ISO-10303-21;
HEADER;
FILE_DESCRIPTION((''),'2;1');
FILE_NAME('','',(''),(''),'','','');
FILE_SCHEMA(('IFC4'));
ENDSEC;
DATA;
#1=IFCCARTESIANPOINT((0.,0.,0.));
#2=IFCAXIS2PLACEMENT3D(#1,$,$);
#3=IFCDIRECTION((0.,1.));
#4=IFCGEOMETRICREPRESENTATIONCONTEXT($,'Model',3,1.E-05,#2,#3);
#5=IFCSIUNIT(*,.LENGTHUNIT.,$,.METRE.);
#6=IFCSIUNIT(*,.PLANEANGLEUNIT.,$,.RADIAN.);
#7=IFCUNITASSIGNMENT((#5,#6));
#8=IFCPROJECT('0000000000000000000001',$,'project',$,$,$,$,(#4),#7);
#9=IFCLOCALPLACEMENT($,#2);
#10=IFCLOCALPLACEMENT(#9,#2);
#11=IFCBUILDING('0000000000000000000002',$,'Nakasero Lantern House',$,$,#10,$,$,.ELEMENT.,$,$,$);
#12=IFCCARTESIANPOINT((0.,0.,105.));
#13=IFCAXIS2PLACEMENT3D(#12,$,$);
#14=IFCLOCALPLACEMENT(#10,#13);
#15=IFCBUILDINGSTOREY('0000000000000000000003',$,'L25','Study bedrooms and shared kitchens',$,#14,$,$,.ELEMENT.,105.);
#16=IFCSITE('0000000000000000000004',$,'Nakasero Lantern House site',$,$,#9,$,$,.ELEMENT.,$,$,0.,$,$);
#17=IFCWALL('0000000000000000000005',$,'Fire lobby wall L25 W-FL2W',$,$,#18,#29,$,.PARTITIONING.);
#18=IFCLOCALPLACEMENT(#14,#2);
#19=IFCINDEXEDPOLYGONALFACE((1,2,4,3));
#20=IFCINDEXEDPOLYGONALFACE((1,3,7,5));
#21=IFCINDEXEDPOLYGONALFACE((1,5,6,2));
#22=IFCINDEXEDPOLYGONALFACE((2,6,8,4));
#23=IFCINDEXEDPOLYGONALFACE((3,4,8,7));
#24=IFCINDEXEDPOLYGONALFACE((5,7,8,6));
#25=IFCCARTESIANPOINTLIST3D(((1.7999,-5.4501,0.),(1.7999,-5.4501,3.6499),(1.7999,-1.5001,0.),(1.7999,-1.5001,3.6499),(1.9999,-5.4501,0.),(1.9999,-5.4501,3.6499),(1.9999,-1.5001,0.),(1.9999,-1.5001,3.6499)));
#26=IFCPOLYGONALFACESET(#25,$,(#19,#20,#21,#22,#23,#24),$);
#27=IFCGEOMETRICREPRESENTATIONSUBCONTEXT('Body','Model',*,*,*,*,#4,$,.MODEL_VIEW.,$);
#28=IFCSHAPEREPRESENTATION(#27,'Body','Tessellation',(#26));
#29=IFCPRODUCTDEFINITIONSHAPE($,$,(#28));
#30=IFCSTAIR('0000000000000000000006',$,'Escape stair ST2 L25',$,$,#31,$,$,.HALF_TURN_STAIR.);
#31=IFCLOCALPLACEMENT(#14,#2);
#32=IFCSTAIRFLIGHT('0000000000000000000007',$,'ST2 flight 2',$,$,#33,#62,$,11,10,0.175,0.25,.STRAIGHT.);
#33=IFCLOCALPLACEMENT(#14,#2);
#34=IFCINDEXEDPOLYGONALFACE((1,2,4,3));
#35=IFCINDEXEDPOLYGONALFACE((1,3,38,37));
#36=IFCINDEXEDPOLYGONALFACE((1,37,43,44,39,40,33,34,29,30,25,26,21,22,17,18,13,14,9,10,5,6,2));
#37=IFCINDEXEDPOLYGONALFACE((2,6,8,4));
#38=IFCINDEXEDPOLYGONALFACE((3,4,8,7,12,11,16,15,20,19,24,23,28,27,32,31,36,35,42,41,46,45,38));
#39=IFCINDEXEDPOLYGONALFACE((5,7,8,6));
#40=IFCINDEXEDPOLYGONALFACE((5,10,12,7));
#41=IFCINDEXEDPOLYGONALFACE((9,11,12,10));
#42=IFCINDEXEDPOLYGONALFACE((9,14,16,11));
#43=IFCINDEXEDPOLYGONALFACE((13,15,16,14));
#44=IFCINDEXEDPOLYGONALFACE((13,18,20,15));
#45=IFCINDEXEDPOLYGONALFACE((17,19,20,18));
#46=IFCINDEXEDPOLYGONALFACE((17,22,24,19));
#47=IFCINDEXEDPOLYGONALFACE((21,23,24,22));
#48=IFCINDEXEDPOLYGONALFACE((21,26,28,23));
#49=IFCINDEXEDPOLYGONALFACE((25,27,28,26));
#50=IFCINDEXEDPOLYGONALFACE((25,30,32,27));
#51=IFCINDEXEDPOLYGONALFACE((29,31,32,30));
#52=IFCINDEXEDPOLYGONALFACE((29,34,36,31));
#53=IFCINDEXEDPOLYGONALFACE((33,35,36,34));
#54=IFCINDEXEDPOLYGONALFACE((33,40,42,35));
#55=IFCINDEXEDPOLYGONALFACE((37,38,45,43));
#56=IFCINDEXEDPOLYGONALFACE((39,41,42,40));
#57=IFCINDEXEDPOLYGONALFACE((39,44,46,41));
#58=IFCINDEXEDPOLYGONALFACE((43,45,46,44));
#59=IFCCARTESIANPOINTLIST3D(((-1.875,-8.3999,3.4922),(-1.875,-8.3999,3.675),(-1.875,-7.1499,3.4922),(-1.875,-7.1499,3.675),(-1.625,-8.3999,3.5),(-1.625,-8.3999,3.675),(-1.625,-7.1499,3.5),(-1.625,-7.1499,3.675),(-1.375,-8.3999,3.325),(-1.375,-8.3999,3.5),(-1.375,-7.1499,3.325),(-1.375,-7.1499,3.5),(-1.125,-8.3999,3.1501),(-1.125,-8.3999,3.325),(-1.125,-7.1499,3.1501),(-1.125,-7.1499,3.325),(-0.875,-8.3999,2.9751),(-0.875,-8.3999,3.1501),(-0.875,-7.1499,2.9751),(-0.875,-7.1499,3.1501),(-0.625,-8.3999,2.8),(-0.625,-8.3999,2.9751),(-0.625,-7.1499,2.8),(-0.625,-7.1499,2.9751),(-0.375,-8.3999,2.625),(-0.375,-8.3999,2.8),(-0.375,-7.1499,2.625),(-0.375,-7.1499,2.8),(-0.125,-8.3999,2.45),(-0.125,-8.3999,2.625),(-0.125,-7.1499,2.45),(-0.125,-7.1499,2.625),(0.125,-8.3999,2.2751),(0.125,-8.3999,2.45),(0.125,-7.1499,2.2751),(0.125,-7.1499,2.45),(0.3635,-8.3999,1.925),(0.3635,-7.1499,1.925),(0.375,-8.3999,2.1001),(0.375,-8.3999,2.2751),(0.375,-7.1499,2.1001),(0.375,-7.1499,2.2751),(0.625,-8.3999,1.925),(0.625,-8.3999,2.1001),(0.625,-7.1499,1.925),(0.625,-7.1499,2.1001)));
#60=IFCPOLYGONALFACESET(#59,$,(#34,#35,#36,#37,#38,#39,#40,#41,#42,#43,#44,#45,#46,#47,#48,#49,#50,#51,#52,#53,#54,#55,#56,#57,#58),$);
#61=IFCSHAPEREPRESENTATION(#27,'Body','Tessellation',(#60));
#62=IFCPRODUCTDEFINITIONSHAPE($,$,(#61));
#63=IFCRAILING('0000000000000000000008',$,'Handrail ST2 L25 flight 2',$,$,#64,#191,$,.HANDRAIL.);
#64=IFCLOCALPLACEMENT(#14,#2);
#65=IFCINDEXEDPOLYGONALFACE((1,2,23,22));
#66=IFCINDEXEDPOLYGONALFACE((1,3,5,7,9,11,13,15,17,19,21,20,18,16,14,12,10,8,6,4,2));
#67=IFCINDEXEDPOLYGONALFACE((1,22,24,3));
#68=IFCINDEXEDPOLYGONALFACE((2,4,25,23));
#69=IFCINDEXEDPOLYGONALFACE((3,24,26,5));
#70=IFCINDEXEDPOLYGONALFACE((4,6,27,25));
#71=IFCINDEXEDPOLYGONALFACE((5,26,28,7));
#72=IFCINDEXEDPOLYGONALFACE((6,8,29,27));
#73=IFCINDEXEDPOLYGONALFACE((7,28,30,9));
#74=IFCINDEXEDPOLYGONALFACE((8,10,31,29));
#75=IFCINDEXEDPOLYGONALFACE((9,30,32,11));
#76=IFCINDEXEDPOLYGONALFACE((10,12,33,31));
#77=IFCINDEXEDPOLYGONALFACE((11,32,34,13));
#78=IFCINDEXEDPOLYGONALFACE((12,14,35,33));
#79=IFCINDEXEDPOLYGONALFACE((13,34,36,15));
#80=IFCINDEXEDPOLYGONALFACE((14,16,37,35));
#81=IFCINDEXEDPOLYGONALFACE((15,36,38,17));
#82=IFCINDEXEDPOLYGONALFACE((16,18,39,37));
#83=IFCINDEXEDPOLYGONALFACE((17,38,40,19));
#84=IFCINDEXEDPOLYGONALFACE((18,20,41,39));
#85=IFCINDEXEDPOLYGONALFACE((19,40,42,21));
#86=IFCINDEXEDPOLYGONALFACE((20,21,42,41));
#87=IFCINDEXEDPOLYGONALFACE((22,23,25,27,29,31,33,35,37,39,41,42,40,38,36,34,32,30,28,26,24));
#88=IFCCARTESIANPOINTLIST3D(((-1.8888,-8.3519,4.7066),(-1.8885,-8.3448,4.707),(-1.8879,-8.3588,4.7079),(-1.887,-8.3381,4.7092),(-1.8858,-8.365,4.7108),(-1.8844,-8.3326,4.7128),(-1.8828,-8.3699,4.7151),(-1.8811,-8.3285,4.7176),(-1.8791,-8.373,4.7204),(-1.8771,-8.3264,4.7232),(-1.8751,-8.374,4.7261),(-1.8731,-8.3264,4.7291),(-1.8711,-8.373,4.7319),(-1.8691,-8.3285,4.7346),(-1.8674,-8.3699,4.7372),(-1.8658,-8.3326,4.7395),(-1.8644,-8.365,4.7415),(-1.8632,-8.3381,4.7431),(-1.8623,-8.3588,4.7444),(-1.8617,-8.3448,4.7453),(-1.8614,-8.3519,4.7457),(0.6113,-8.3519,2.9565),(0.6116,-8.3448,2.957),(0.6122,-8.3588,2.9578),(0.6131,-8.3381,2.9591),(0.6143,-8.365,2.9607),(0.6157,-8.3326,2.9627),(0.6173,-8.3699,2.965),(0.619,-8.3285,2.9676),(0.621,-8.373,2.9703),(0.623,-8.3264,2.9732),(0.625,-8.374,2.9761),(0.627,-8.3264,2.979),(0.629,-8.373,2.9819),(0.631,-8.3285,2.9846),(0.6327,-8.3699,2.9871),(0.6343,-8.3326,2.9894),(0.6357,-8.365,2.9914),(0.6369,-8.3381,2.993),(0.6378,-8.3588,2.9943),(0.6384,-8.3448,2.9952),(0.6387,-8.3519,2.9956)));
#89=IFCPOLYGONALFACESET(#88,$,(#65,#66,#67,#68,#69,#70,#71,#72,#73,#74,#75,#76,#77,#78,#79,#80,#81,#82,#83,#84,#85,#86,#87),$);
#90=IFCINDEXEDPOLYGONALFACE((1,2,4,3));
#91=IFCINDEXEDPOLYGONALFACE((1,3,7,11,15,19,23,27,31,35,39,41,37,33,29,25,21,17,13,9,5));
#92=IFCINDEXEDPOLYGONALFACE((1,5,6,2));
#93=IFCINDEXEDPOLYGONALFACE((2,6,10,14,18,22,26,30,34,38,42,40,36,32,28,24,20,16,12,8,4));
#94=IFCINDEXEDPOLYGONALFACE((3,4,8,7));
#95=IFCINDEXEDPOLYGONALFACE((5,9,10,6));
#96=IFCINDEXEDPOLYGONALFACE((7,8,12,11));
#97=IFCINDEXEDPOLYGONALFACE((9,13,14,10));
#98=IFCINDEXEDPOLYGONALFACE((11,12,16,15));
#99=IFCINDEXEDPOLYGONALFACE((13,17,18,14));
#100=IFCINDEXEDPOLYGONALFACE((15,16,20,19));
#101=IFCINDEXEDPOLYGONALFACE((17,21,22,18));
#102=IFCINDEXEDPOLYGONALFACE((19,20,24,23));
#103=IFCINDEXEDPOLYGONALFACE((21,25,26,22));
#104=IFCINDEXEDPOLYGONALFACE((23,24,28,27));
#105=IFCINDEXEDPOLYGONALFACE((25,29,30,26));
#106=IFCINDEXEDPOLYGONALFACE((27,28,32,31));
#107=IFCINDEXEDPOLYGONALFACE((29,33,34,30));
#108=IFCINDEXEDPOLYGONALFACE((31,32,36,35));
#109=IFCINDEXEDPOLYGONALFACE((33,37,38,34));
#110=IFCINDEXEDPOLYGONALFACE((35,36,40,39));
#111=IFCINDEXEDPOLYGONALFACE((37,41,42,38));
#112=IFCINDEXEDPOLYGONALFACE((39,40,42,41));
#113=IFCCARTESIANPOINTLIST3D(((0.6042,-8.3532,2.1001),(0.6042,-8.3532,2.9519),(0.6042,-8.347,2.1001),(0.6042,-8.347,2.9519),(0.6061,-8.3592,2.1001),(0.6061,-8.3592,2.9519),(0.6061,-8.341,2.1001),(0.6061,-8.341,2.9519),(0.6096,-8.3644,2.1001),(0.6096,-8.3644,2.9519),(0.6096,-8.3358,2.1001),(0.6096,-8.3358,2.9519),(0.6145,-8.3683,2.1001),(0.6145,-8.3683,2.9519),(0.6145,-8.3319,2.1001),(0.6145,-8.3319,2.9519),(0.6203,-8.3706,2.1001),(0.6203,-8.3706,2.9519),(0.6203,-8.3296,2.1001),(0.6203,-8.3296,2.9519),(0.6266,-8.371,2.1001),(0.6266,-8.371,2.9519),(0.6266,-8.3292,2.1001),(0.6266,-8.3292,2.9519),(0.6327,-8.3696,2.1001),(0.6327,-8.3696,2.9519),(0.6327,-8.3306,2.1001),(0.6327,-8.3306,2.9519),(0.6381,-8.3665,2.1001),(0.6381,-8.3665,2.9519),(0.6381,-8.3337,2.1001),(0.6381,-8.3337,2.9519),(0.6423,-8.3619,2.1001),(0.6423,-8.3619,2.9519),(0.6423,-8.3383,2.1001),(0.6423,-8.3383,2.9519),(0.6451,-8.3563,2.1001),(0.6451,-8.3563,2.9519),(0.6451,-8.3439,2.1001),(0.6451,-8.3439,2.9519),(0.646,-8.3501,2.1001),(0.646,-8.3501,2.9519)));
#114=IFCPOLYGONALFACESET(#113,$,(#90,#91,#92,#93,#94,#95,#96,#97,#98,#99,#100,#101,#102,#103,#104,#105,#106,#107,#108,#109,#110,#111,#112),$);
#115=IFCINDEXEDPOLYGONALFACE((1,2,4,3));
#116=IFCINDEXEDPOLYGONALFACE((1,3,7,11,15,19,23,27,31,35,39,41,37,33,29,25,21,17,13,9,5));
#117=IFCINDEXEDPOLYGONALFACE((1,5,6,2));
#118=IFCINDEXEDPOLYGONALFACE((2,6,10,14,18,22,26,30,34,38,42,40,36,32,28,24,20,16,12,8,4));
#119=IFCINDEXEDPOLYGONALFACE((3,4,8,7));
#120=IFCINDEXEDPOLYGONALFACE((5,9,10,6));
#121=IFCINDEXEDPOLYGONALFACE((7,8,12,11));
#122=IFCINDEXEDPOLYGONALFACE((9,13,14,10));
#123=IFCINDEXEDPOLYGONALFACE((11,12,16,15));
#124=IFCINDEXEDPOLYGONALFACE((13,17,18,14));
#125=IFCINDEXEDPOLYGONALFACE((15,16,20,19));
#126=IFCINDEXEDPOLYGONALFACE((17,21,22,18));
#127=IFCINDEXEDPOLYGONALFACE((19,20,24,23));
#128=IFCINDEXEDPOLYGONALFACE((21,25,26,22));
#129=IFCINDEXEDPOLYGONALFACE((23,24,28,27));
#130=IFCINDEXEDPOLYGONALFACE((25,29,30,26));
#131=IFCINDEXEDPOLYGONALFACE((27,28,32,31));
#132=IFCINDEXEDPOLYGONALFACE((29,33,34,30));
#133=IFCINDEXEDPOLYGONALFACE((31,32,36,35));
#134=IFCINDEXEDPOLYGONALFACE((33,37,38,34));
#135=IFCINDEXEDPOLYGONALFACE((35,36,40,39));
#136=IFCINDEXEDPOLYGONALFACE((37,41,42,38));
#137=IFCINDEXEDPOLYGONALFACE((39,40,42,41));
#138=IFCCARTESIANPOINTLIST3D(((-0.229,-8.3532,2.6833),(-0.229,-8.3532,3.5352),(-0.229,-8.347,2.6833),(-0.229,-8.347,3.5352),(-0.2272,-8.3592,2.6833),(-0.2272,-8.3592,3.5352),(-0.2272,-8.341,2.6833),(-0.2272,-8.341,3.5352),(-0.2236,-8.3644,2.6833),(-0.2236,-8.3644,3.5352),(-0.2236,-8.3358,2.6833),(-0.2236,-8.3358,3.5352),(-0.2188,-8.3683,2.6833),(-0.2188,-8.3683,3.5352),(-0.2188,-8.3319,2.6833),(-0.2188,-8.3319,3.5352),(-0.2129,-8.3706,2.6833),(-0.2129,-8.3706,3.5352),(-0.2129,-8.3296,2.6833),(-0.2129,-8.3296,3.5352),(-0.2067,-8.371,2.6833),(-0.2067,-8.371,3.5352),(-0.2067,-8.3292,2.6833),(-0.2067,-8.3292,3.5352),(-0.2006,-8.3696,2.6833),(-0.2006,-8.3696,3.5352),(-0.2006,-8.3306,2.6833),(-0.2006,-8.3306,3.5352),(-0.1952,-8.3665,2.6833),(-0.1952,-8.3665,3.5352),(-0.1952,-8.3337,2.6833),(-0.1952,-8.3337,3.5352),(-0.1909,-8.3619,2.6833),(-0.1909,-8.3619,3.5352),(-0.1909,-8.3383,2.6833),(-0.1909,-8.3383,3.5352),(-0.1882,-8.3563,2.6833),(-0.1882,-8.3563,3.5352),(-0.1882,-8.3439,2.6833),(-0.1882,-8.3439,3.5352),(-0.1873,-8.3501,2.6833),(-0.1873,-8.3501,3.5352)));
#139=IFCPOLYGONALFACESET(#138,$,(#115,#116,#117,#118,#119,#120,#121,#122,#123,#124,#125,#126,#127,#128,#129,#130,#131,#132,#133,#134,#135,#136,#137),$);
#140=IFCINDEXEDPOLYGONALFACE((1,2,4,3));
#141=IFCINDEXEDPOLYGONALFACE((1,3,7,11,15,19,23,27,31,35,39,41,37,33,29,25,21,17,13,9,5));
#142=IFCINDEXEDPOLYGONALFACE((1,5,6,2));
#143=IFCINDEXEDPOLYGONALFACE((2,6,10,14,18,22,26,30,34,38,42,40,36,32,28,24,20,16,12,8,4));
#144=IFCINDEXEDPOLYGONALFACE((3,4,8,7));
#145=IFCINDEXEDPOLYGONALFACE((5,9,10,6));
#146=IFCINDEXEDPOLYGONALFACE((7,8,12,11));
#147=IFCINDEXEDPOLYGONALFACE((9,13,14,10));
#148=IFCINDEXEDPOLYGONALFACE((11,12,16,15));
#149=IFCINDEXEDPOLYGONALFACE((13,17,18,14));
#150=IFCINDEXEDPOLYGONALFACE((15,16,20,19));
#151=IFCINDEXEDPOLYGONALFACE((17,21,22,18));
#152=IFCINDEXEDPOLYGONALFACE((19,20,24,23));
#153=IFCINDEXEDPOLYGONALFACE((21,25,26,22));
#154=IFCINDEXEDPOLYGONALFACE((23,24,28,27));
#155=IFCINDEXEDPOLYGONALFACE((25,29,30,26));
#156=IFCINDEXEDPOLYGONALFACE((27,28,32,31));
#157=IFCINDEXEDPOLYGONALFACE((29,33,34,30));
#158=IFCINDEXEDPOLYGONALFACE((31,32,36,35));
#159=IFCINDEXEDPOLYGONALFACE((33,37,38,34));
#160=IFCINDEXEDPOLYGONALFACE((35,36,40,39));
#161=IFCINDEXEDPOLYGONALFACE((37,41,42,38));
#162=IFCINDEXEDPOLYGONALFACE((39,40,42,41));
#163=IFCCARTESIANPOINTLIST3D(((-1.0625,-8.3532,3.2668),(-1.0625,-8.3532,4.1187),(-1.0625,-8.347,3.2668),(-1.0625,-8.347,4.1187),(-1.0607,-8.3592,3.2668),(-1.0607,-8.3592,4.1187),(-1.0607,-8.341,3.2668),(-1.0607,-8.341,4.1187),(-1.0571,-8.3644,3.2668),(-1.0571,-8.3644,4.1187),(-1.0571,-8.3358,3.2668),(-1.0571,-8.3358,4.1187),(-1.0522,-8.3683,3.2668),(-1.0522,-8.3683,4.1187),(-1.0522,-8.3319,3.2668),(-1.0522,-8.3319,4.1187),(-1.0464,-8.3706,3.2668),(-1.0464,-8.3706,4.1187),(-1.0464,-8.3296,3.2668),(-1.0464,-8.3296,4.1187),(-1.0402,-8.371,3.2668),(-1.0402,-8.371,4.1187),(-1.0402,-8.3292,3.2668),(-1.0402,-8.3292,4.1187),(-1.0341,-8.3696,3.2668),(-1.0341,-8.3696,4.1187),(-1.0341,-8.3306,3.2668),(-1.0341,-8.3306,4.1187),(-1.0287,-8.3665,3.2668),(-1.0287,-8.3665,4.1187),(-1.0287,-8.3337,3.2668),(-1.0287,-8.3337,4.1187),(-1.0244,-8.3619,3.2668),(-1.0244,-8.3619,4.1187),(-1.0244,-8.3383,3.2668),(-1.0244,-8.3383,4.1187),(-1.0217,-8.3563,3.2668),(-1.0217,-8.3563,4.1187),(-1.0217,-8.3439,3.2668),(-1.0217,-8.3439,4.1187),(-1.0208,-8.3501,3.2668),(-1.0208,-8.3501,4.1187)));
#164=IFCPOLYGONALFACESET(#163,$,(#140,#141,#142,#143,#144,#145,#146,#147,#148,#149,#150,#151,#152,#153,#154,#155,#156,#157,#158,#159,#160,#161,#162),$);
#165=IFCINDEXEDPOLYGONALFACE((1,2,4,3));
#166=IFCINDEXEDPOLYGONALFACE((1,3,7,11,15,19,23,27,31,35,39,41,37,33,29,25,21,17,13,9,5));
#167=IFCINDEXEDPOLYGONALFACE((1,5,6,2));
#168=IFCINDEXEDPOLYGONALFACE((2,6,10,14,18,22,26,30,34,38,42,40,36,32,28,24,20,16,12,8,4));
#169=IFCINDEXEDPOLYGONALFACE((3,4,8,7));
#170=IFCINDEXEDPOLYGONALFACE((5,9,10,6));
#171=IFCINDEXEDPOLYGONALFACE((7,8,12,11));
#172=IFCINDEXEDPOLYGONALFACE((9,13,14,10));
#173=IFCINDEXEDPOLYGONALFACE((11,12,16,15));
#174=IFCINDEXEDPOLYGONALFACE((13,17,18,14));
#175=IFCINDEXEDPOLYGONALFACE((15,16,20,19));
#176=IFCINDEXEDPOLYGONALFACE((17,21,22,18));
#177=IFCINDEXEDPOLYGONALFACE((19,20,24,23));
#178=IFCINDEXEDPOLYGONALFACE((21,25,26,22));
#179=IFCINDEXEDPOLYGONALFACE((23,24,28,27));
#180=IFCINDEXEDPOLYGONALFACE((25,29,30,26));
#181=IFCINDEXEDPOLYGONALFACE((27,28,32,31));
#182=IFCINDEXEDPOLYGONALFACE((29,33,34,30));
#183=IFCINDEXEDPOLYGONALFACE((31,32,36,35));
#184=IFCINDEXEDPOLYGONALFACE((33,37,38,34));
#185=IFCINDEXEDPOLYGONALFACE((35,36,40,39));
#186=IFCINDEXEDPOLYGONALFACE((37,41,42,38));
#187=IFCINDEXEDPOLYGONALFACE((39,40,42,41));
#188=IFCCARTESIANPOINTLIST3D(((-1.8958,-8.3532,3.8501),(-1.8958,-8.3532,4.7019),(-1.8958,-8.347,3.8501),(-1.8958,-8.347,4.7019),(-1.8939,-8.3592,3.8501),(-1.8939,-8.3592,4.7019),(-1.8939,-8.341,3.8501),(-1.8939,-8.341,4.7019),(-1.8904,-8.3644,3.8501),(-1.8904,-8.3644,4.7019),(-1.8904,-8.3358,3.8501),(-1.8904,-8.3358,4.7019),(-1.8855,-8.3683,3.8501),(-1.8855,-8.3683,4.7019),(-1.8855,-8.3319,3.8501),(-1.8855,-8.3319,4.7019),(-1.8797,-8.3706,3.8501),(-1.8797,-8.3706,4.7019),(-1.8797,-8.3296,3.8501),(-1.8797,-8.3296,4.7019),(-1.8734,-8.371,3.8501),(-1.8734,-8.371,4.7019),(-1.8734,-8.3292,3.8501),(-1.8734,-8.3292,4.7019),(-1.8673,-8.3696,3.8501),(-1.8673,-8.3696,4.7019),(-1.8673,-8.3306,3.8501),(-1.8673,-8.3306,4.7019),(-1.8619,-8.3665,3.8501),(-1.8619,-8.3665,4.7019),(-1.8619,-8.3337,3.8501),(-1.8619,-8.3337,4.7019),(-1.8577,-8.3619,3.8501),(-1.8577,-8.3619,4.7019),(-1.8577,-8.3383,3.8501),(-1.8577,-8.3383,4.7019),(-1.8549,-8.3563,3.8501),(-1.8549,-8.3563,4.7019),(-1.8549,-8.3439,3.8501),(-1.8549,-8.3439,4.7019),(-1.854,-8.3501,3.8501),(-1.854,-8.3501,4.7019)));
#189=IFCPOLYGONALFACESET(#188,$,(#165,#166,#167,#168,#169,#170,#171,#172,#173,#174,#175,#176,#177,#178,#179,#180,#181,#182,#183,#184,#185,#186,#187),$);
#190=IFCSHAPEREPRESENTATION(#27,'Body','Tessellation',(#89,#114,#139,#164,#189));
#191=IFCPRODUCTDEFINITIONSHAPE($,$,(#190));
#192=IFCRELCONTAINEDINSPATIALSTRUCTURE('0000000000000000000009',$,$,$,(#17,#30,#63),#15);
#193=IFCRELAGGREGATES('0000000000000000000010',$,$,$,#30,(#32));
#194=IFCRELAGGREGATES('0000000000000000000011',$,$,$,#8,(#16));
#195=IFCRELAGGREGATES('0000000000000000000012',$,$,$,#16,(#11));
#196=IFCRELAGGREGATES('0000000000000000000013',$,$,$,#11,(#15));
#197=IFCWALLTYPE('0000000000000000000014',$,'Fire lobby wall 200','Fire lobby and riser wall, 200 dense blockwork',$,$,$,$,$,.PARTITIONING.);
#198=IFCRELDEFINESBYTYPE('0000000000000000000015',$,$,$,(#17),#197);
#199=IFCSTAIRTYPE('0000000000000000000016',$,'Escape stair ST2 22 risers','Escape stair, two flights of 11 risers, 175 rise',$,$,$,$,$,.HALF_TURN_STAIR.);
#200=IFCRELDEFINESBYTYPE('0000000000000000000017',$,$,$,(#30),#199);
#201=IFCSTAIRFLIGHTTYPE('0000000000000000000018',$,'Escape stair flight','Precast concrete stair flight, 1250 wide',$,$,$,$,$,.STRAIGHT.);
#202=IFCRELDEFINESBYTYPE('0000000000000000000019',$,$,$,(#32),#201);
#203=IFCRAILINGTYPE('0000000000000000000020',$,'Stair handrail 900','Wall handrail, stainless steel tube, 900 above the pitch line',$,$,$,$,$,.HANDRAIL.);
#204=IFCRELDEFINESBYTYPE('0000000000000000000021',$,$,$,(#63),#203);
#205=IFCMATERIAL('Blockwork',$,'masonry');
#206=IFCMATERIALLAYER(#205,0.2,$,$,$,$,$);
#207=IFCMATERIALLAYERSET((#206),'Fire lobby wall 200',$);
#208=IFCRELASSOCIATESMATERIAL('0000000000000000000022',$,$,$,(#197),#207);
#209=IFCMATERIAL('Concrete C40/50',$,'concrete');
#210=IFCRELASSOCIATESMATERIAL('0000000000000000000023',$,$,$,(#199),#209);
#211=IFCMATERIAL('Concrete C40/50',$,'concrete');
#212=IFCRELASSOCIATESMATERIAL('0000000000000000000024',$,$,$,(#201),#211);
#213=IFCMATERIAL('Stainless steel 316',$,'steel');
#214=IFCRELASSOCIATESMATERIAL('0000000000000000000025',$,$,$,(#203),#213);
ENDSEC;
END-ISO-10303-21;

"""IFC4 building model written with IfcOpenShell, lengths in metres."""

from ifc_helpers import new_model, si_unit, direction, frame, frame_2d, origin, origin_2d, place, context, subcontext, project, spatial, polyline, rectangle, circle, outline, extrude, material, layer, layer_set, type_object, element, aggregate, save


model = new_model("IFC4")

# Units and contexts
model_context = context("Model", 3, precision=1e-05, world=origin(), true_north=direction((0.0, 1.0)))
body_context = subcontext(model_context, "Body", "Model", "MODEL_VIEW")
ifc_project = project(units=[si_unit("LENGTHUNIT", "METRE"), si_unit("PLANEANGLEUNIT", "RADIAN")], contexts=[model_context])

# Site, building, storey
site_placement = place(None, origin())
site = spatial("IfcSite", under=ifc_project, at=site_placement, Name="Nakasero Lantern House site", CompositionType="ELEMENT", RefElevation=0.0)
building_placement = place(site_placement, origin())
building = spatial("IfcBuilding", under=site, at=building_placement, Name="Nakasero Lantern House", CompositionType="ELEMENT")
storey_placement = place(building_placement, frame((0.0, 0.0, 105.0)))
storey = spatial("IfcBuildingStorey", under=building, at=storey_placement, Name="L25", Description="Study bedrooms and shared kitchens", CompositionType="ELEMENT", Elevation=105.0)

# Shared definitions
ifc_material_1 = material(Name="Blockwork", Category="masonry")
ifc_layer_1 = layer(ifc_material_1, 0.2)
ifc_layer_set_1 = layer_set([ifc_layer_1], Name="Fire lobby wall 200")
wall_type_1 = type_object("IfcWallType", Name="Fire lobby wall 200", Description="Fire lobby and riser wall, 200 dense blockwork", PredefinedType="PARTITIONING", material=ifc_layer_set_1)

# Wall
wall_1_placement = place(storey_placement, frame((1.8999, -1.5, 0.0), z_axis=(0.0, 0.0, 1.0), x_axis=(0.0, -1.0, 0.0)))
element("IfcWall", 1, at=wall_1_placement, inside=storey, type_object=wall_type_1, Name="Fire lobby wall L25 W-FL2W", PredefinedType="PARTITIONING", context=body_context, shape_type="SweptSolid", body=[
    extrude(rectangle(XDim=3.95, YDim=0.2, at=frame_2d((1.9751, 0.0))), origin(), (0.0, 0.0, 1.0), 3.6499),
])

# Stair, stair flight
ifc_material_2 = material(Name="Concrete C40/50", Category="concrete")
stair_type = type_object("IfcStairType", Name="Escape stair ST2 22 risers", Description="Escape stair, two flights of 11 risers, 175 rise", PredefinedType="HALF_TURN_STAIR", material=ifc_material_2)
stair_placement = place(storey_placement, origin())
stair = element("IfcStair", 2, at=stair_placement, inside=storey, type_object=stair_type, Name="Escape stair ST2 L25", PredefinedType="HALF_TURN_STAIR")
ifc_material_3 = material(Name="Concrete C40/50", Category="concrete")
stair_flight_type = type_object("IfcStairFlightType", Name="Escape stair flight", Description="Precast concrete stair flight, 1250 wide", PredefinedType="STRAIGHT", material=ifc_material_3)
stair_flight_placement = place(storey_placement, frame((0.625, -7.7749, 1.925), z_axis=(0.0, 0.0, 1.0), x_axis=(-1.0, 0.0, 0.0)))
stair_flight = element("IfcStairFlight", 3, at=stair_flight_placement, type_object=stair_flight_type, Name="ST2 flight 2", NumberOfRisers=11, NumberOfTreads=10, PredefinedType="STRAIGHT", RiserHeight=0.175, TreadLength=0.25, context=body_context, shape_type="SweptSolid", body=[
    extrude(outline(polyline([(0.0, 0.0), (0.0, 0.175), (0.25, 0.175), (0.25, 0.3501), (0.5, 0.3501), (0.5, 0.5249), (0.75, 0.5249), (0.75, 0.7), (1.0, 0.7), (1.0, 0.875), (1.25, 0.875), (1.25, 1.05), (1.5, 1.05), (1.5, 1.2251), (1.75, 1.2251), (1.75, 1.3999), (2.0, 1.3999), (2.0, 1.575), (2.25, 1.575), (2.25, 1.75), (2.5, 1.75), (2.5, 1.925), (2.5, 1.5671), (0.2615, 0.0), (0.0, 0.0)])), frame((0.0, 0.625, 0.0), z_axis=(0.0, -1.0, 0.0), x_axis=(1.0, 0.0, 0.0)), (0.0, 0.0, 1.0), 1.25),
])
aggregate(stair, [stair_flight])

# Railing
ifc_material_4 = material(Name="Stainless steel 316", Category="steel")
railing_type = type_object("IfcRailingType", Name="Stair handrail 900", Description="Wall handrail, stainless steel tube, 900 above the pitch line", PredefinedType="HANDRAIL", material=ifc_material_4)
railing_placement = place(storey_placement, frame((0.625, -8.3501, 2.1001)))
element("IfcRailing", 4, at=railing_placement, inside=storey, type_object=railing_type, Name="Handrail ST2 L25 flight 2", PredefinedType="HANDRAIL", context=body_context, shape_type="SweptSolid", body=[
    extrude(circle(Radius=0.0239, at=origin_2d()), frame((0.0, 0.0, 0.876), z_axis=(-0.819232, 0.0, 0.573462), x_axis=(0.0, -1.0, 0.0)), (0.0, 0.0, 1.0), 3.0518),
    extrude(circle(Radius=0.021, at=origin_2d()), origin(), (0.0, 0.0, 1.0), 0.8518),
    extrude(circle(Radius=0.021, at=origin_2d()), frame((-0.8333, 0.0, 0.5833)), (0.0, 0.0, 1.0), 0.8518),
    extrude(circle(Radius=0.021, at=origin_2d()), frame((-1.6667, 0.0, 1.1667)), (0.0, 0.0, 1.0), 0.8518),
    extrude(circle(Radius=0.021, at=origin_2d()), frame((-2.5, 0.0, 1.75)), (0.0, 0.0, 1.0), 0.8518),
])

save(model, "model.ifc")
